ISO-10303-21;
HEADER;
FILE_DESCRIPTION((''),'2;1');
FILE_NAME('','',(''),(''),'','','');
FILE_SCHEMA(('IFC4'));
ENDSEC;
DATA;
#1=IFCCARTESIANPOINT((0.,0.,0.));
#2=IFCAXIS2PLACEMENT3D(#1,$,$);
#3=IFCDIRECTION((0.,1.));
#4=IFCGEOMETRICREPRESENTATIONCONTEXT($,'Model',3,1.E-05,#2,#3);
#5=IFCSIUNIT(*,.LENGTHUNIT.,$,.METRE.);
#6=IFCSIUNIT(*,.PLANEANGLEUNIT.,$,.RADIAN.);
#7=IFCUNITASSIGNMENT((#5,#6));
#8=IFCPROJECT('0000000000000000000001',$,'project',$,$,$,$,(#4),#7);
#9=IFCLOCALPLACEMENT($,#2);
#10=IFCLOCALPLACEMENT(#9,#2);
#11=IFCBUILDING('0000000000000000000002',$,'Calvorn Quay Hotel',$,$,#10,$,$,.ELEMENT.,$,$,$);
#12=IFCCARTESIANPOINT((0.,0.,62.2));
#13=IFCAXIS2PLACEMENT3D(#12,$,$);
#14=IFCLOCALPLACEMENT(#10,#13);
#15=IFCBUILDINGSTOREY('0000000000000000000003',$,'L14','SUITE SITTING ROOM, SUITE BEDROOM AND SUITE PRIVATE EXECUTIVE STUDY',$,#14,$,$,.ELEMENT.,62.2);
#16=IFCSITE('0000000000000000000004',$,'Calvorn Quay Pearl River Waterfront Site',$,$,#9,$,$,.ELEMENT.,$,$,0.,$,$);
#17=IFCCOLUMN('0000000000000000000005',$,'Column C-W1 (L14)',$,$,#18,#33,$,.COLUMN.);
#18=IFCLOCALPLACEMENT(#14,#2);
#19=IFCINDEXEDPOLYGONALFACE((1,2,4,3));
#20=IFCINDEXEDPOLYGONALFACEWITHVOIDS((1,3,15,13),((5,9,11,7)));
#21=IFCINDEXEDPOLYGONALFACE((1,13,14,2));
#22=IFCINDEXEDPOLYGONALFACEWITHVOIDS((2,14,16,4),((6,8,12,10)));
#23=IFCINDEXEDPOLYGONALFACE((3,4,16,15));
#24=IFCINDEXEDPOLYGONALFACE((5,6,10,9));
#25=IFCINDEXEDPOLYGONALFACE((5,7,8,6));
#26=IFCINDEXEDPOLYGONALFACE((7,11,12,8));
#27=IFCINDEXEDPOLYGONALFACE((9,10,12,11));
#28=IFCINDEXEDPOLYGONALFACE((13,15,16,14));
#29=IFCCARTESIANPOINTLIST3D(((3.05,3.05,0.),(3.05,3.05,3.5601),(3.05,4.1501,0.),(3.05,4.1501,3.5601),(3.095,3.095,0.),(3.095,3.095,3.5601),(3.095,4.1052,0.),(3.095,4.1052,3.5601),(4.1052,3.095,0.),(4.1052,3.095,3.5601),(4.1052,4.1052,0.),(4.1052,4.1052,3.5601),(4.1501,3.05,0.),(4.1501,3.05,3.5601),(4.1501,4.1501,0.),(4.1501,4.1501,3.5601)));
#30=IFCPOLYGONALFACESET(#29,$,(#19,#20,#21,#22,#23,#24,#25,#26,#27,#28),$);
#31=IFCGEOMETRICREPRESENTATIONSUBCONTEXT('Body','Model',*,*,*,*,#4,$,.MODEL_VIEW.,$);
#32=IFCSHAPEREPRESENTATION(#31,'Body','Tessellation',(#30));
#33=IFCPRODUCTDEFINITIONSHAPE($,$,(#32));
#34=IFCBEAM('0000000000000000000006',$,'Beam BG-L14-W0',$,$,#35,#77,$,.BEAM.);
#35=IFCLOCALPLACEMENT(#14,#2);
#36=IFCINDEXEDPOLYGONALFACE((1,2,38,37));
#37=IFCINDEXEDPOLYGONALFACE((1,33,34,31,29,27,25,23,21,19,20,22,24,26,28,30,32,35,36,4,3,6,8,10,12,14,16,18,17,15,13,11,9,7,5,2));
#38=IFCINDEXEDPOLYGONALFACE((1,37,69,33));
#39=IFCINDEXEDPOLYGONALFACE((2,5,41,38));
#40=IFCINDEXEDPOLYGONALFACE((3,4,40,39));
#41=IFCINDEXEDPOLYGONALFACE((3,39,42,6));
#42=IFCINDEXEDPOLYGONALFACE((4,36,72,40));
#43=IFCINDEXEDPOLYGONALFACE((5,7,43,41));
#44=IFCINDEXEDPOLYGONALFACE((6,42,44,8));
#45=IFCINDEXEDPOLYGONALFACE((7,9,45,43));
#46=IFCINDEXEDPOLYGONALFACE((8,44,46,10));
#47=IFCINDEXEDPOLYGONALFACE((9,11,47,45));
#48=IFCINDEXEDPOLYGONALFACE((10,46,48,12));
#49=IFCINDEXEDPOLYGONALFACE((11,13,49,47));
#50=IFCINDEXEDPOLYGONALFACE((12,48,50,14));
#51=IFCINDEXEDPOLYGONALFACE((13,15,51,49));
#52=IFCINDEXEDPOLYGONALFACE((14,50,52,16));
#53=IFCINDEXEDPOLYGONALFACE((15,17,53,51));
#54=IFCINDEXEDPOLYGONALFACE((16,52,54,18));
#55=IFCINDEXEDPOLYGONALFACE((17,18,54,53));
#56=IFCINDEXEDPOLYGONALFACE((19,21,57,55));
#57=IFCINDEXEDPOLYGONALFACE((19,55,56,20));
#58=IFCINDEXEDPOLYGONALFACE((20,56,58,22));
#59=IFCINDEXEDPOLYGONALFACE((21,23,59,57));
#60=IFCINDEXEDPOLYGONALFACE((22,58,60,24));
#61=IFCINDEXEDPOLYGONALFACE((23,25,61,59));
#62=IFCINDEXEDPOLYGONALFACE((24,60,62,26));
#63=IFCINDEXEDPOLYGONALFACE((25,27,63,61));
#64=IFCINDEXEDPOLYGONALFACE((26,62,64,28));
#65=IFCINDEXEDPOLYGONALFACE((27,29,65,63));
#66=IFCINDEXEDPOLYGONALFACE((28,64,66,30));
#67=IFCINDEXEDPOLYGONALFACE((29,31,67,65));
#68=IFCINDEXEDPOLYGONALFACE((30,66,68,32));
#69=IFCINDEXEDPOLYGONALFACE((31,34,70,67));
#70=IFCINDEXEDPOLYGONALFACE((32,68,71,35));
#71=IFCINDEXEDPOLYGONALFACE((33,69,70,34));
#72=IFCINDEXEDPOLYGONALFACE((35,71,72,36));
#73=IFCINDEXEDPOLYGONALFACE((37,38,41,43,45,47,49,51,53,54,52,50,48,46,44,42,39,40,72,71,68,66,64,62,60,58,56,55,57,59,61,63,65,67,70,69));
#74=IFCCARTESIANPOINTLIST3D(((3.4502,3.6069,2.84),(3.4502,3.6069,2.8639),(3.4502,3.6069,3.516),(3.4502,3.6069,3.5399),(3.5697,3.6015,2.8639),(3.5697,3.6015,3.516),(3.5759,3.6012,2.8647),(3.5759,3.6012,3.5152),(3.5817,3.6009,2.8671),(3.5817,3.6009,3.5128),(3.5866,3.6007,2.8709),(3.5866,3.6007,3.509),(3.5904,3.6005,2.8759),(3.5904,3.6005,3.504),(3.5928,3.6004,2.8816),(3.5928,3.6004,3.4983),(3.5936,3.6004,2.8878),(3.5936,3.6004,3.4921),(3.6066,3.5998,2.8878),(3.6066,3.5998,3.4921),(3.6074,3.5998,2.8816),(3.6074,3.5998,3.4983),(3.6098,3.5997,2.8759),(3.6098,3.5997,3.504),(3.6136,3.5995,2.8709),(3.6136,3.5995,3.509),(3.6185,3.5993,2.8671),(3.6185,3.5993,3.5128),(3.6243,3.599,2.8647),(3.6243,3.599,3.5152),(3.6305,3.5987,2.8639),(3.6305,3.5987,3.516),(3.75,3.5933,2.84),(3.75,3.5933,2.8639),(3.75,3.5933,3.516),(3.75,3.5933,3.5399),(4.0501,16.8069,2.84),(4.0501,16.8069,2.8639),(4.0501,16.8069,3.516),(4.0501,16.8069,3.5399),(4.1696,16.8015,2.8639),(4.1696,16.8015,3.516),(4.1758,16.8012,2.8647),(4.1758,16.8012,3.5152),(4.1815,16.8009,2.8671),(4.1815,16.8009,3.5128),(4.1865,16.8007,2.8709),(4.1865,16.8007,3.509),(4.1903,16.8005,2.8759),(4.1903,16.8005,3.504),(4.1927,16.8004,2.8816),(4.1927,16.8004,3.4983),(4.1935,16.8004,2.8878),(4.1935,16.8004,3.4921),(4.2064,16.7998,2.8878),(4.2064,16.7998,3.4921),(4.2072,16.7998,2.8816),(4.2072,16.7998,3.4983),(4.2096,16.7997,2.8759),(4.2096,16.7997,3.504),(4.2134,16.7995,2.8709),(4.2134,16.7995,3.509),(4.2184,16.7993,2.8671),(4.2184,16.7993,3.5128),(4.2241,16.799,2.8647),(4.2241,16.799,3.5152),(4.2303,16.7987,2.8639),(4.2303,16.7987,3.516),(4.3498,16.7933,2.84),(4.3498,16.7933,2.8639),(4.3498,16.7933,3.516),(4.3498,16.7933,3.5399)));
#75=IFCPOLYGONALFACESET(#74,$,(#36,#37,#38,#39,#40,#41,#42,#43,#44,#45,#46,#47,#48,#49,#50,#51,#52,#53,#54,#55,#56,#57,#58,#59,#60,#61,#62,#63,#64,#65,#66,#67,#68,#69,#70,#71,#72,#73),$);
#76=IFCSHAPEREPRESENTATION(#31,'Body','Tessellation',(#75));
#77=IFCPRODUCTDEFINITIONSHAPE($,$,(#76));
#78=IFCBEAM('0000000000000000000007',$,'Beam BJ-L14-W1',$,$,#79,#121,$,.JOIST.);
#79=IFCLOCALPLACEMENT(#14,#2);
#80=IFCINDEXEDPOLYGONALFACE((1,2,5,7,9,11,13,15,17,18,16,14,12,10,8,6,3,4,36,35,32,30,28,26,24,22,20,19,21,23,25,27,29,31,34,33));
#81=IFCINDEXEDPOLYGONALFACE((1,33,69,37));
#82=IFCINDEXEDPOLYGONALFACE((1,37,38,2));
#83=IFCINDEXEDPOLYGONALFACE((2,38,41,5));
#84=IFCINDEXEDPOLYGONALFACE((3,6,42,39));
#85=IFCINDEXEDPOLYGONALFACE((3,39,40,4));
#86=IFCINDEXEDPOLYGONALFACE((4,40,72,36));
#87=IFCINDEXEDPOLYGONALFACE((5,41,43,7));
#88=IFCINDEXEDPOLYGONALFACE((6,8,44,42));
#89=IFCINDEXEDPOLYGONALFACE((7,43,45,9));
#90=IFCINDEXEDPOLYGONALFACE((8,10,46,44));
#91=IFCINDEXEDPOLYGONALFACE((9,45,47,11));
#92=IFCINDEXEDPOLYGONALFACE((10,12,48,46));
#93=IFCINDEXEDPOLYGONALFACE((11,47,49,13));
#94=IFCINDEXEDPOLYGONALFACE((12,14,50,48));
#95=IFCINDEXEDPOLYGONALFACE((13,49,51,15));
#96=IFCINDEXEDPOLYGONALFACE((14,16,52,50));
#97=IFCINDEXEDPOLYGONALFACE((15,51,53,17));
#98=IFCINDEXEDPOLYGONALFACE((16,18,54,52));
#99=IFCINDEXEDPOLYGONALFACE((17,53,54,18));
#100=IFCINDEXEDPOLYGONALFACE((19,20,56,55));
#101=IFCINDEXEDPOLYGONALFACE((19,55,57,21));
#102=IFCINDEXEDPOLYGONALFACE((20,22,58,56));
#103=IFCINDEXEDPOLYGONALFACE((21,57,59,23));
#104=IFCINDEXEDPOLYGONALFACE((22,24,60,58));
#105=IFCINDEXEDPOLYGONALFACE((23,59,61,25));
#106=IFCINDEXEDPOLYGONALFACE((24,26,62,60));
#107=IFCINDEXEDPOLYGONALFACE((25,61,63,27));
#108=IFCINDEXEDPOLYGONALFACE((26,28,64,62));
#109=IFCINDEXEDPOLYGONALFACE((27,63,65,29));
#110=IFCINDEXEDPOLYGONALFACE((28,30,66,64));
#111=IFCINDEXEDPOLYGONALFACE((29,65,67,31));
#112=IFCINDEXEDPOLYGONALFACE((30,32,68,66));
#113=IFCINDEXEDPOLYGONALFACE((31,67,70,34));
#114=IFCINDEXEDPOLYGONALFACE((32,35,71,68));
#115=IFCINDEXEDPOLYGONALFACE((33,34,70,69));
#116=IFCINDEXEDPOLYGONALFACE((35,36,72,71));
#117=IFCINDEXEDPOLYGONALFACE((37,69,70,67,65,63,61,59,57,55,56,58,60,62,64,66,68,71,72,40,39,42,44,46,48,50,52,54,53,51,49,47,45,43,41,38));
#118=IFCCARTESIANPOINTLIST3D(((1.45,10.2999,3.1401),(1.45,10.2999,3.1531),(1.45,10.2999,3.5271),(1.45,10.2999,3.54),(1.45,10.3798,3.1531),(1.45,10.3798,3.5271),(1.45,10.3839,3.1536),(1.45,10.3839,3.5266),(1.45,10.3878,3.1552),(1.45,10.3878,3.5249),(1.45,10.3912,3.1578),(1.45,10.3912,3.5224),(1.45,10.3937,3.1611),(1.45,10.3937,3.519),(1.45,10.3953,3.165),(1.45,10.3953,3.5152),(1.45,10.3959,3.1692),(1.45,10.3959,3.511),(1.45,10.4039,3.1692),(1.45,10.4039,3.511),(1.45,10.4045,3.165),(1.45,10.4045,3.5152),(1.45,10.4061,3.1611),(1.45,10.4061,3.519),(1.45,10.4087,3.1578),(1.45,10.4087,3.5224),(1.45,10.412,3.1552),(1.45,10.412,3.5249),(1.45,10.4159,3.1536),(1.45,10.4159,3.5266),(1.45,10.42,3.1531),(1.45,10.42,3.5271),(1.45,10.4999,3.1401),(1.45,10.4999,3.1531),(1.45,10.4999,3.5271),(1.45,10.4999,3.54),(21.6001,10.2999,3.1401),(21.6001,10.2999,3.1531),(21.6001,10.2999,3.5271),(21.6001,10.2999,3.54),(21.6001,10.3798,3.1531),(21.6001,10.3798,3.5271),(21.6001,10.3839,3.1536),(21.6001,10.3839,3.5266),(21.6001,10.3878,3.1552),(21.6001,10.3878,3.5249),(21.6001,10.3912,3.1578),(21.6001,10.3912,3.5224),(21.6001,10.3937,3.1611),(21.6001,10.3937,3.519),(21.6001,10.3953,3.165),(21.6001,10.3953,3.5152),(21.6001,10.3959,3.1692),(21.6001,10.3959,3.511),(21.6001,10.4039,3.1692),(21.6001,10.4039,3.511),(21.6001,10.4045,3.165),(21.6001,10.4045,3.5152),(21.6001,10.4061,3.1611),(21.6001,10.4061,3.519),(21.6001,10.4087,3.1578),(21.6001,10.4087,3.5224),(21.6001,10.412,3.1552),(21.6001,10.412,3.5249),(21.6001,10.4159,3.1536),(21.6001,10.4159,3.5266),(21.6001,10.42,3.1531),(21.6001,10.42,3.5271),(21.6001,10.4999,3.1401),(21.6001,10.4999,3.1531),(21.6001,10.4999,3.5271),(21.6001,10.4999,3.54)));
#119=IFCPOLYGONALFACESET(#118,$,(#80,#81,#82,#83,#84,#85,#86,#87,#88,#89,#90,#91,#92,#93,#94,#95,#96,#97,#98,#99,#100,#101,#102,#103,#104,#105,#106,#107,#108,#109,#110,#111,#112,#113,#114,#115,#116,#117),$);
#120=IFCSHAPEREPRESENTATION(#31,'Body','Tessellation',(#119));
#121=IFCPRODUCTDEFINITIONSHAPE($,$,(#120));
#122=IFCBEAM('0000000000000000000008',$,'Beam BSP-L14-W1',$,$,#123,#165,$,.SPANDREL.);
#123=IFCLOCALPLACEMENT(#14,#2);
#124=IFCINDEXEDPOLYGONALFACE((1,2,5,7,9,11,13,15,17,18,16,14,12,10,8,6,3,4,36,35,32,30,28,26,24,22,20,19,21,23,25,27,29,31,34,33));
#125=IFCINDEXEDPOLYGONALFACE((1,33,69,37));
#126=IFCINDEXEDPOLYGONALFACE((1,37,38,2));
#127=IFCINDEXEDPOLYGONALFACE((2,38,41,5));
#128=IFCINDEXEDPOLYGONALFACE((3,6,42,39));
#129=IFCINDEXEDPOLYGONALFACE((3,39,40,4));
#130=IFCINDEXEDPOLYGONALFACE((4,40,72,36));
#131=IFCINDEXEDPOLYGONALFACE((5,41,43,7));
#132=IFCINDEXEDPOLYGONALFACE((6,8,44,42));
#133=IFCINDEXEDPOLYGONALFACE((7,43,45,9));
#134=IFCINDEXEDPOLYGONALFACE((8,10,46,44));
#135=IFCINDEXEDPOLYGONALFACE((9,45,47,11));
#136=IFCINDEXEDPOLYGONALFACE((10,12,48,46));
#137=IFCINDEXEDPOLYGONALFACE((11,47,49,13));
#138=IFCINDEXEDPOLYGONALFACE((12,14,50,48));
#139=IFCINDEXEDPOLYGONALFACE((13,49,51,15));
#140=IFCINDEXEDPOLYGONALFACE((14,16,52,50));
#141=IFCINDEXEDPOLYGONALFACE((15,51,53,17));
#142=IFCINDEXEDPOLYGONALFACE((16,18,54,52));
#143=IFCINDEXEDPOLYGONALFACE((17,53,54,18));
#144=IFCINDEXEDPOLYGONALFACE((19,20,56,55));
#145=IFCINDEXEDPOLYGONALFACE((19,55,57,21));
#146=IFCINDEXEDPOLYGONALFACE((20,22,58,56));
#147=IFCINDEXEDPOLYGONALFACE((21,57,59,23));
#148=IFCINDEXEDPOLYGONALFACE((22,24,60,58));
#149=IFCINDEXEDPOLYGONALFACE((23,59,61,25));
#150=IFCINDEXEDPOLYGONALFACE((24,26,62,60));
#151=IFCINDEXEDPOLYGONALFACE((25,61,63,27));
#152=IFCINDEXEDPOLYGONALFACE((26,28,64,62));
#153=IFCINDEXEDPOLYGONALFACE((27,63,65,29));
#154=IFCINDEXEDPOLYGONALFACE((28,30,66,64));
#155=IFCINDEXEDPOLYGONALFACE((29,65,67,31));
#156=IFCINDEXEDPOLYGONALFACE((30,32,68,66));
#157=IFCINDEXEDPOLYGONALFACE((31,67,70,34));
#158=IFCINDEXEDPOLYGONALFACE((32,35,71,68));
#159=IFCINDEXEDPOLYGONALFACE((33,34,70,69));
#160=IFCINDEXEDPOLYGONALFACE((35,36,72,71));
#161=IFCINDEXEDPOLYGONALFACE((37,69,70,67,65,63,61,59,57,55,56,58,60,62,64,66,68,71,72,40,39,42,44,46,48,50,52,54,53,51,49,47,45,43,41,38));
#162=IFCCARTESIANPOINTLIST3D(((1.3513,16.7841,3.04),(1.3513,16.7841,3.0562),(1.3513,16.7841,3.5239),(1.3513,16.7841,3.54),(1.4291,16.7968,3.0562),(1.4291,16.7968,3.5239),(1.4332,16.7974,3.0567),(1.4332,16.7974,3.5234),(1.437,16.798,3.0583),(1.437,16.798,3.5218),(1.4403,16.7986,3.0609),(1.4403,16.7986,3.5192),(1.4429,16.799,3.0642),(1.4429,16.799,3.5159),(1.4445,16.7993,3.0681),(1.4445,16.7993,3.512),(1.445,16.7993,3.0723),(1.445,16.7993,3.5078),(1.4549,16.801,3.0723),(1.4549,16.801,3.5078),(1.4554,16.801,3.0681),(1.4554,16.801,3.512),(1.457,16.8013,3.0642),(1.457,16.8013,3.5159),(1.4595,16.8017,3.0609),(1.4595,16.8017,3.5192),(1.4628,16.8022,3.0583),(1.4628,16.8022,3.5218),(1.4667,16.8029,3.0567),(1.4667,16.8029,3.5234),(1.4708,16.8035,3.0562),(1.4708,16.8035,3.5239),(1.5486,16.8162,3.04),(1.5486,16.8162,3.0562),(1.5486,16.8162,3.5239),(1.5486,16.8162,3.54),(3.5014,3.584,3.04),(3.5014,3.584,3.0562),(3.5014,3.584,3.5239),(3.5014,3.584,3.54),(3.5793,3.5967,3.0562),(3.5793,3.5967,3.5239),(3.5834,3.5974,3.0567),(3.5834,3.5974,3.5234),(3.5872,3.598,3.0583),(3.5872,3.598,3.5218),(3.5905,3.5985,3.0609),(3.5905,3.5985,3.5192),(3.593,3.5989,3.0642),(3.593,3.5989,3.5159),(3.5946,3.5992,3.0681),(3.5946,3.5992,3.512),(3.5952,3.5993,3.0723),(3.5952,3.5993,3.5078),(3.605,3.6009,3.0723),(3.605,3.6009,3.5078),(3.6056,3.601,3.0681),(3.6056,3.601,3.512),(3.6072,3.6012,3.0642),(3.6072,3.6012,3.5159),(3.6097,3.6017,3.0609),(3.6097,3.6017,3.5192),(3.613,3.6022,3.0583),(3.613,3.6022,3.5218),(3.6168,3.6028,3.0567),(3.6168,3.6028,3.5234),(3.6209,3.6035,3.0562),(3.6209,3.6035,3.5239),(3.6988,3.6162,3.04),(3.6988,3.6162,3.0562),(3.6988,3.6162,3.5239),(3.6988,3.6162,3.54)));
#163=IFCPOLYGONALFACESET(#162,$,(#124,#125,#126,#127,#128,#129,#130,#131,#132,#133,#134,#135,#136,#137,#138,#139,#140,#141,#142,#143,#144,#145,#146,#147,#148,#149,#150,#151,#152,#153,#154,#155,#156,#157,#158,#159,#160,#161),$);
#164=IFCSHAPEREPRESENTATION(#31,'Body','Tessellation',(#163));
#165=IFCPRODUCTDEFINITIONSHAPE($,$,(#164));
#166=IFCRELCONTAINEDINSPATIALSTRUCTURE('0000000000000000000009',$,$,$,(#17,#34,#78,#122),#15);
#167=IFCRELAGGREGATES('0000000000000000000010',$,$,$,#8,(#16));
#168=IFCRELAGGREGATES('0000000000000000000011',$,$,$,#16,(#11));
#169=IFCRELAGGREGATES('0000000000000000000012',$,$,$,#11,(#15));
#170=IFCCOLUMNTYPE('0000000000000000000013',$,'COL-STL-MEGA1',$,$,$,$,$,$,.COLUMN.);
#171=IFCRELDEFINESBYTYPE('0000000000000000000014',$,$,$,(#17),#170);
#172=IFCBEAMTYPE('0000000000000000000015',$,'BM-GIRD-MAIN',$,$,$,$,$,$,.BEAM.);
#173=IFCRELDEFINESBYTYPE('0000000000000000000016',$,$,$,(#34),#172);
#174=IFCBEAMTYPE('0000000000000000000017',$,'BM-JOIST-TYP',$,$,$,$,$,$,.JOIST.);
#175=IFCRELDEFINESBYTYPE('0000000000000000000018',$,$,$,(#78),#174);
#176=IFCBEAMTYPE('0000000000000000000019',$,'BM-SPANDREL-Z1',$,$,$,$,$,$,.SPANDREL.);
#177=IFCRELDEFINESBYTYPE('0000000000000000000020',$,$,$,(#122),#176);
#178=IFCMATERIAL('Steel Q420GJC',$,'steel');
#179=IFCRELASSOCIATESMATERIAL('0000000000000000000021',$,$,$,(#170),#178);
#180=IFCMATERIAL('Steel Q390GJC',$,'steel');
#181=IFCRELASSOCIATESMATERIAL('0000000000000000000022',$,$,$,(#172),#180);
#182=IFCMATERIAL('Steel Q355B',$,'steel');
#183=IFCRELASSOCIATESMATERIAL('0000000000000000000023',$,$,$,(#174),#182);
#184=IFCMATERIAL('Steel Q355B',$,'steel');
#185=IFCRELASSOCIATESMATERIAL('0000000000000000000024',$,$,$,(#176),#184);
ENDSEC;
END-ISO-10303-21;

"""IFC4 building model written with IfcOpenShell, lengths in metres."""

from ifc_helpers import new_model, si_unit, direction, frame, origin, origin_2d, place, context, subcontext, project, spatial, hollow_rectangle, i_section, extrude, material, material_profile, profile_set, type_object, element, save


model = new_model("IFC4")

# Units and contexts
model_context = context("Model", 3, precision=1e-05, world=origin(), true_north=direction((0.0, 1.0)))
body_context = subcontext(model_context, "Body", "Model", "MODEL_VIEW")
ifc_project = project(units=[si_unit("LENGTHUNIT", "METRE"), si_unit("PLANEANGLEUNIT", "RADIAN")], contexts=[model_context])

# Site, building, storey
site_placement = place(None, origin())
site = spatial("IfcSite", under=ifc_project, at=site_placement, Name="Calvorn Quay Pearl River Waterfront Site", CompositionType="ELEMENT", RefElevation=0.0)
building_placement = place(site_placement, origin())
building = spatial("IfcBuilding", under=site, at=building_placement, Name="Calvorn Quay Hotel", CompositionType="ELEMENT")
storey_placement = place(building_placement, frame((0.0, 0.0, 62.2)))
storey = spatial("IfcBuildingStorey", under=building, at=storey_placement, Name="L14", Description="SUITE SITTING ROOM, SUITE BEDROOM AND SUITE PRIVATE EXECUTIVE STUDY", CompositionType="ELEMENT", Elevation=62.2)

# Column
ifc_material_1 = material(Name="Steel Q420GJC", Category="steel")
ifc_material_profile_1 = material_profile(ifc_material_1, hollow_rectangle(XDim=1.1001, YDim=1.1001, WallThickness=0.0449, at=origin_2d()), Name="BOX1100x1100x45")
ifc_profile_set_1 = profile_set([ifc_material_profile_1], Name="Steel Q420GJC")
column_type = type_object("IfcColumnType", Name="COL-STL-MEGA1", PredefinedType="COLUMN", material=ifc_profile_set_1)
column_placement = place(storey_placement, frame((3.6001, 3.6001, 0.0), z_axis=(0.0, 0.0, 1.0), x_axis=(1.0, 0.0, 0.0)))
element("IfcColumn", 1, at=column_placement, inside=storey, type_object=column_type, Name="Column C-W1 (L14)", PredefinedType="COLUMN", context=body_context, shape_type="SweptSolid", body=[
    extrude(hollow_rectangle(XDim=1.1001, YDim=1.1001, WallThickness=0.0449, at=origin_2d()), origin(), (0.0, 0.0, 1.0), 3.5601),
])

# Beams
ifc_material_2 = material(Name="Steel Q390GJC", Category="steel")
ifc_material_profile_2 = material_profile(ifc_material_2, i_section(OverallWidth=0.3, OverallDepth=0.7, WebThickness=0.0129, FlangeThickness=0.0239, FilletRadius=0.0239, at=origin_2d()), Name="HN700x300x13x24")
ifc_profile_set_2 = profile_set([ifc_material_profile_2], Name="Steel Q390GJC")
beam_type_1 = type_object("IfcBeamType", Name="BM-GIRD-MAIN", PredefinedType="BEAM", material=ifc_profile_set_2)
beam_1_placement = place(storey_placement, frame((3.6001, 3.6001, 3.1899), z_axis=(0.045397, 0.998969, 0.0), x_axis=(-0.998969, 0.045397, 0.0)))
element("IfcBeam", 2, at=beam_1_placement, inside=storey, type_object=beam_type_1, Name="Beam BG-L14-W0", PredefinedType="BEAM", context=body_context, shape_type="SweptSolid", body=[
    extrude(i_section(OverallWidth=0.3, OverallDepth=0.7, WebThickness=0.0129, FlangeThickness=0.0239, FilletRadius=0.0239, at=origin_2d()), origin(), (0.0, 0.0, 1.0), 13.2136),
])
ifc_material_3 = material(Name="Steel Q355B", Category="steel")
ifc_material_profile_3 = material_profile(ifc_material_3, i_section(OverallWidth=0.2, OverallDepth=0.3999, WebThickness=0.0081, FlangeThickness=0.0129, FilletRadius=0.0161, at=origin_2d()), Name="HN400x200x8x13")
ifc_profile_set_3 = profile_set([ifc_material_profile_3], Name="Steel Q355B")
beam_type_2 = type_object("IfcBeamType", Name="BM-JOIST-TYP", PredefinedType="JOIST", material=ifc_profile_set_3)
beam_2_placement = place(storey_placement, frame((1.45, 10.3999, 3.3401), z_axis=(1.0, 0.0, 0.0), x_axis=(0.0, 1.0, 0.0)))
element("IfcBeam", 3, at=beam_2_placement, inside=storey, type_object=beam_type_2, Name="Beam BJ-L14-W1", PredefinedType="JOIST", context=body_context, shape_type="SweptSolid", body=[
    extrude(i_section(OverallWidth=0.2, OverallDepth=0.3999, WebThickness=0.0081, FlangeThickness=0.0129, FilletRadius=0.0161, at=origin_2d()), origin(), (0.0, 0.0, 1.0), 20.1501),
])
ifc_material_4 = material(Name="Steel Q355B", Category="steel")
ifc_material_profile_4 = material_profile(ifc_material_4, i_section(OverallWidth=0.2, OverallDepth=0.5, WebThickness=0.01, FlangeThickness=0.0161, FilletRadius=0.0161, at=origin_2d()), Name="HN500x200x10x16")
ifc_profile_set_4 = profile_set([ifc_material_profile_4], Name="Steel Q355B")
beam_type_3 = type_object("IfcBeamType", Name="BM-SPANDREL-Z1", PredefinedType="SPANDREL", material=ifc_profile_set_4)
beam_3_placement = place(storey_placement, frame((3.6001, 3.6001, 3.29), z_axis=(-0.160772, 0.986992, 0.0), x_axis=(-0.986992, -0.160772, 0.0)))
element("IfcBeam", 4, at=beam_3_placement, inside=storey, type_object=beam_type_3, Name="Beam BSP-L14-W1", PredefinedType="SPANDREL", context=body_context, shape_type="SweptSolid", body=[
    extrude(i_section(OverallWidth=0.2, OverallDepth=0.5, WebThickness=0.01, FlangeThickness=0.0161, FilletRadius=0.0161, at=origin_2d()), origin(), (0.0, 0.0, 1.0), 13.374),
])

save(model, "model.ifc")
